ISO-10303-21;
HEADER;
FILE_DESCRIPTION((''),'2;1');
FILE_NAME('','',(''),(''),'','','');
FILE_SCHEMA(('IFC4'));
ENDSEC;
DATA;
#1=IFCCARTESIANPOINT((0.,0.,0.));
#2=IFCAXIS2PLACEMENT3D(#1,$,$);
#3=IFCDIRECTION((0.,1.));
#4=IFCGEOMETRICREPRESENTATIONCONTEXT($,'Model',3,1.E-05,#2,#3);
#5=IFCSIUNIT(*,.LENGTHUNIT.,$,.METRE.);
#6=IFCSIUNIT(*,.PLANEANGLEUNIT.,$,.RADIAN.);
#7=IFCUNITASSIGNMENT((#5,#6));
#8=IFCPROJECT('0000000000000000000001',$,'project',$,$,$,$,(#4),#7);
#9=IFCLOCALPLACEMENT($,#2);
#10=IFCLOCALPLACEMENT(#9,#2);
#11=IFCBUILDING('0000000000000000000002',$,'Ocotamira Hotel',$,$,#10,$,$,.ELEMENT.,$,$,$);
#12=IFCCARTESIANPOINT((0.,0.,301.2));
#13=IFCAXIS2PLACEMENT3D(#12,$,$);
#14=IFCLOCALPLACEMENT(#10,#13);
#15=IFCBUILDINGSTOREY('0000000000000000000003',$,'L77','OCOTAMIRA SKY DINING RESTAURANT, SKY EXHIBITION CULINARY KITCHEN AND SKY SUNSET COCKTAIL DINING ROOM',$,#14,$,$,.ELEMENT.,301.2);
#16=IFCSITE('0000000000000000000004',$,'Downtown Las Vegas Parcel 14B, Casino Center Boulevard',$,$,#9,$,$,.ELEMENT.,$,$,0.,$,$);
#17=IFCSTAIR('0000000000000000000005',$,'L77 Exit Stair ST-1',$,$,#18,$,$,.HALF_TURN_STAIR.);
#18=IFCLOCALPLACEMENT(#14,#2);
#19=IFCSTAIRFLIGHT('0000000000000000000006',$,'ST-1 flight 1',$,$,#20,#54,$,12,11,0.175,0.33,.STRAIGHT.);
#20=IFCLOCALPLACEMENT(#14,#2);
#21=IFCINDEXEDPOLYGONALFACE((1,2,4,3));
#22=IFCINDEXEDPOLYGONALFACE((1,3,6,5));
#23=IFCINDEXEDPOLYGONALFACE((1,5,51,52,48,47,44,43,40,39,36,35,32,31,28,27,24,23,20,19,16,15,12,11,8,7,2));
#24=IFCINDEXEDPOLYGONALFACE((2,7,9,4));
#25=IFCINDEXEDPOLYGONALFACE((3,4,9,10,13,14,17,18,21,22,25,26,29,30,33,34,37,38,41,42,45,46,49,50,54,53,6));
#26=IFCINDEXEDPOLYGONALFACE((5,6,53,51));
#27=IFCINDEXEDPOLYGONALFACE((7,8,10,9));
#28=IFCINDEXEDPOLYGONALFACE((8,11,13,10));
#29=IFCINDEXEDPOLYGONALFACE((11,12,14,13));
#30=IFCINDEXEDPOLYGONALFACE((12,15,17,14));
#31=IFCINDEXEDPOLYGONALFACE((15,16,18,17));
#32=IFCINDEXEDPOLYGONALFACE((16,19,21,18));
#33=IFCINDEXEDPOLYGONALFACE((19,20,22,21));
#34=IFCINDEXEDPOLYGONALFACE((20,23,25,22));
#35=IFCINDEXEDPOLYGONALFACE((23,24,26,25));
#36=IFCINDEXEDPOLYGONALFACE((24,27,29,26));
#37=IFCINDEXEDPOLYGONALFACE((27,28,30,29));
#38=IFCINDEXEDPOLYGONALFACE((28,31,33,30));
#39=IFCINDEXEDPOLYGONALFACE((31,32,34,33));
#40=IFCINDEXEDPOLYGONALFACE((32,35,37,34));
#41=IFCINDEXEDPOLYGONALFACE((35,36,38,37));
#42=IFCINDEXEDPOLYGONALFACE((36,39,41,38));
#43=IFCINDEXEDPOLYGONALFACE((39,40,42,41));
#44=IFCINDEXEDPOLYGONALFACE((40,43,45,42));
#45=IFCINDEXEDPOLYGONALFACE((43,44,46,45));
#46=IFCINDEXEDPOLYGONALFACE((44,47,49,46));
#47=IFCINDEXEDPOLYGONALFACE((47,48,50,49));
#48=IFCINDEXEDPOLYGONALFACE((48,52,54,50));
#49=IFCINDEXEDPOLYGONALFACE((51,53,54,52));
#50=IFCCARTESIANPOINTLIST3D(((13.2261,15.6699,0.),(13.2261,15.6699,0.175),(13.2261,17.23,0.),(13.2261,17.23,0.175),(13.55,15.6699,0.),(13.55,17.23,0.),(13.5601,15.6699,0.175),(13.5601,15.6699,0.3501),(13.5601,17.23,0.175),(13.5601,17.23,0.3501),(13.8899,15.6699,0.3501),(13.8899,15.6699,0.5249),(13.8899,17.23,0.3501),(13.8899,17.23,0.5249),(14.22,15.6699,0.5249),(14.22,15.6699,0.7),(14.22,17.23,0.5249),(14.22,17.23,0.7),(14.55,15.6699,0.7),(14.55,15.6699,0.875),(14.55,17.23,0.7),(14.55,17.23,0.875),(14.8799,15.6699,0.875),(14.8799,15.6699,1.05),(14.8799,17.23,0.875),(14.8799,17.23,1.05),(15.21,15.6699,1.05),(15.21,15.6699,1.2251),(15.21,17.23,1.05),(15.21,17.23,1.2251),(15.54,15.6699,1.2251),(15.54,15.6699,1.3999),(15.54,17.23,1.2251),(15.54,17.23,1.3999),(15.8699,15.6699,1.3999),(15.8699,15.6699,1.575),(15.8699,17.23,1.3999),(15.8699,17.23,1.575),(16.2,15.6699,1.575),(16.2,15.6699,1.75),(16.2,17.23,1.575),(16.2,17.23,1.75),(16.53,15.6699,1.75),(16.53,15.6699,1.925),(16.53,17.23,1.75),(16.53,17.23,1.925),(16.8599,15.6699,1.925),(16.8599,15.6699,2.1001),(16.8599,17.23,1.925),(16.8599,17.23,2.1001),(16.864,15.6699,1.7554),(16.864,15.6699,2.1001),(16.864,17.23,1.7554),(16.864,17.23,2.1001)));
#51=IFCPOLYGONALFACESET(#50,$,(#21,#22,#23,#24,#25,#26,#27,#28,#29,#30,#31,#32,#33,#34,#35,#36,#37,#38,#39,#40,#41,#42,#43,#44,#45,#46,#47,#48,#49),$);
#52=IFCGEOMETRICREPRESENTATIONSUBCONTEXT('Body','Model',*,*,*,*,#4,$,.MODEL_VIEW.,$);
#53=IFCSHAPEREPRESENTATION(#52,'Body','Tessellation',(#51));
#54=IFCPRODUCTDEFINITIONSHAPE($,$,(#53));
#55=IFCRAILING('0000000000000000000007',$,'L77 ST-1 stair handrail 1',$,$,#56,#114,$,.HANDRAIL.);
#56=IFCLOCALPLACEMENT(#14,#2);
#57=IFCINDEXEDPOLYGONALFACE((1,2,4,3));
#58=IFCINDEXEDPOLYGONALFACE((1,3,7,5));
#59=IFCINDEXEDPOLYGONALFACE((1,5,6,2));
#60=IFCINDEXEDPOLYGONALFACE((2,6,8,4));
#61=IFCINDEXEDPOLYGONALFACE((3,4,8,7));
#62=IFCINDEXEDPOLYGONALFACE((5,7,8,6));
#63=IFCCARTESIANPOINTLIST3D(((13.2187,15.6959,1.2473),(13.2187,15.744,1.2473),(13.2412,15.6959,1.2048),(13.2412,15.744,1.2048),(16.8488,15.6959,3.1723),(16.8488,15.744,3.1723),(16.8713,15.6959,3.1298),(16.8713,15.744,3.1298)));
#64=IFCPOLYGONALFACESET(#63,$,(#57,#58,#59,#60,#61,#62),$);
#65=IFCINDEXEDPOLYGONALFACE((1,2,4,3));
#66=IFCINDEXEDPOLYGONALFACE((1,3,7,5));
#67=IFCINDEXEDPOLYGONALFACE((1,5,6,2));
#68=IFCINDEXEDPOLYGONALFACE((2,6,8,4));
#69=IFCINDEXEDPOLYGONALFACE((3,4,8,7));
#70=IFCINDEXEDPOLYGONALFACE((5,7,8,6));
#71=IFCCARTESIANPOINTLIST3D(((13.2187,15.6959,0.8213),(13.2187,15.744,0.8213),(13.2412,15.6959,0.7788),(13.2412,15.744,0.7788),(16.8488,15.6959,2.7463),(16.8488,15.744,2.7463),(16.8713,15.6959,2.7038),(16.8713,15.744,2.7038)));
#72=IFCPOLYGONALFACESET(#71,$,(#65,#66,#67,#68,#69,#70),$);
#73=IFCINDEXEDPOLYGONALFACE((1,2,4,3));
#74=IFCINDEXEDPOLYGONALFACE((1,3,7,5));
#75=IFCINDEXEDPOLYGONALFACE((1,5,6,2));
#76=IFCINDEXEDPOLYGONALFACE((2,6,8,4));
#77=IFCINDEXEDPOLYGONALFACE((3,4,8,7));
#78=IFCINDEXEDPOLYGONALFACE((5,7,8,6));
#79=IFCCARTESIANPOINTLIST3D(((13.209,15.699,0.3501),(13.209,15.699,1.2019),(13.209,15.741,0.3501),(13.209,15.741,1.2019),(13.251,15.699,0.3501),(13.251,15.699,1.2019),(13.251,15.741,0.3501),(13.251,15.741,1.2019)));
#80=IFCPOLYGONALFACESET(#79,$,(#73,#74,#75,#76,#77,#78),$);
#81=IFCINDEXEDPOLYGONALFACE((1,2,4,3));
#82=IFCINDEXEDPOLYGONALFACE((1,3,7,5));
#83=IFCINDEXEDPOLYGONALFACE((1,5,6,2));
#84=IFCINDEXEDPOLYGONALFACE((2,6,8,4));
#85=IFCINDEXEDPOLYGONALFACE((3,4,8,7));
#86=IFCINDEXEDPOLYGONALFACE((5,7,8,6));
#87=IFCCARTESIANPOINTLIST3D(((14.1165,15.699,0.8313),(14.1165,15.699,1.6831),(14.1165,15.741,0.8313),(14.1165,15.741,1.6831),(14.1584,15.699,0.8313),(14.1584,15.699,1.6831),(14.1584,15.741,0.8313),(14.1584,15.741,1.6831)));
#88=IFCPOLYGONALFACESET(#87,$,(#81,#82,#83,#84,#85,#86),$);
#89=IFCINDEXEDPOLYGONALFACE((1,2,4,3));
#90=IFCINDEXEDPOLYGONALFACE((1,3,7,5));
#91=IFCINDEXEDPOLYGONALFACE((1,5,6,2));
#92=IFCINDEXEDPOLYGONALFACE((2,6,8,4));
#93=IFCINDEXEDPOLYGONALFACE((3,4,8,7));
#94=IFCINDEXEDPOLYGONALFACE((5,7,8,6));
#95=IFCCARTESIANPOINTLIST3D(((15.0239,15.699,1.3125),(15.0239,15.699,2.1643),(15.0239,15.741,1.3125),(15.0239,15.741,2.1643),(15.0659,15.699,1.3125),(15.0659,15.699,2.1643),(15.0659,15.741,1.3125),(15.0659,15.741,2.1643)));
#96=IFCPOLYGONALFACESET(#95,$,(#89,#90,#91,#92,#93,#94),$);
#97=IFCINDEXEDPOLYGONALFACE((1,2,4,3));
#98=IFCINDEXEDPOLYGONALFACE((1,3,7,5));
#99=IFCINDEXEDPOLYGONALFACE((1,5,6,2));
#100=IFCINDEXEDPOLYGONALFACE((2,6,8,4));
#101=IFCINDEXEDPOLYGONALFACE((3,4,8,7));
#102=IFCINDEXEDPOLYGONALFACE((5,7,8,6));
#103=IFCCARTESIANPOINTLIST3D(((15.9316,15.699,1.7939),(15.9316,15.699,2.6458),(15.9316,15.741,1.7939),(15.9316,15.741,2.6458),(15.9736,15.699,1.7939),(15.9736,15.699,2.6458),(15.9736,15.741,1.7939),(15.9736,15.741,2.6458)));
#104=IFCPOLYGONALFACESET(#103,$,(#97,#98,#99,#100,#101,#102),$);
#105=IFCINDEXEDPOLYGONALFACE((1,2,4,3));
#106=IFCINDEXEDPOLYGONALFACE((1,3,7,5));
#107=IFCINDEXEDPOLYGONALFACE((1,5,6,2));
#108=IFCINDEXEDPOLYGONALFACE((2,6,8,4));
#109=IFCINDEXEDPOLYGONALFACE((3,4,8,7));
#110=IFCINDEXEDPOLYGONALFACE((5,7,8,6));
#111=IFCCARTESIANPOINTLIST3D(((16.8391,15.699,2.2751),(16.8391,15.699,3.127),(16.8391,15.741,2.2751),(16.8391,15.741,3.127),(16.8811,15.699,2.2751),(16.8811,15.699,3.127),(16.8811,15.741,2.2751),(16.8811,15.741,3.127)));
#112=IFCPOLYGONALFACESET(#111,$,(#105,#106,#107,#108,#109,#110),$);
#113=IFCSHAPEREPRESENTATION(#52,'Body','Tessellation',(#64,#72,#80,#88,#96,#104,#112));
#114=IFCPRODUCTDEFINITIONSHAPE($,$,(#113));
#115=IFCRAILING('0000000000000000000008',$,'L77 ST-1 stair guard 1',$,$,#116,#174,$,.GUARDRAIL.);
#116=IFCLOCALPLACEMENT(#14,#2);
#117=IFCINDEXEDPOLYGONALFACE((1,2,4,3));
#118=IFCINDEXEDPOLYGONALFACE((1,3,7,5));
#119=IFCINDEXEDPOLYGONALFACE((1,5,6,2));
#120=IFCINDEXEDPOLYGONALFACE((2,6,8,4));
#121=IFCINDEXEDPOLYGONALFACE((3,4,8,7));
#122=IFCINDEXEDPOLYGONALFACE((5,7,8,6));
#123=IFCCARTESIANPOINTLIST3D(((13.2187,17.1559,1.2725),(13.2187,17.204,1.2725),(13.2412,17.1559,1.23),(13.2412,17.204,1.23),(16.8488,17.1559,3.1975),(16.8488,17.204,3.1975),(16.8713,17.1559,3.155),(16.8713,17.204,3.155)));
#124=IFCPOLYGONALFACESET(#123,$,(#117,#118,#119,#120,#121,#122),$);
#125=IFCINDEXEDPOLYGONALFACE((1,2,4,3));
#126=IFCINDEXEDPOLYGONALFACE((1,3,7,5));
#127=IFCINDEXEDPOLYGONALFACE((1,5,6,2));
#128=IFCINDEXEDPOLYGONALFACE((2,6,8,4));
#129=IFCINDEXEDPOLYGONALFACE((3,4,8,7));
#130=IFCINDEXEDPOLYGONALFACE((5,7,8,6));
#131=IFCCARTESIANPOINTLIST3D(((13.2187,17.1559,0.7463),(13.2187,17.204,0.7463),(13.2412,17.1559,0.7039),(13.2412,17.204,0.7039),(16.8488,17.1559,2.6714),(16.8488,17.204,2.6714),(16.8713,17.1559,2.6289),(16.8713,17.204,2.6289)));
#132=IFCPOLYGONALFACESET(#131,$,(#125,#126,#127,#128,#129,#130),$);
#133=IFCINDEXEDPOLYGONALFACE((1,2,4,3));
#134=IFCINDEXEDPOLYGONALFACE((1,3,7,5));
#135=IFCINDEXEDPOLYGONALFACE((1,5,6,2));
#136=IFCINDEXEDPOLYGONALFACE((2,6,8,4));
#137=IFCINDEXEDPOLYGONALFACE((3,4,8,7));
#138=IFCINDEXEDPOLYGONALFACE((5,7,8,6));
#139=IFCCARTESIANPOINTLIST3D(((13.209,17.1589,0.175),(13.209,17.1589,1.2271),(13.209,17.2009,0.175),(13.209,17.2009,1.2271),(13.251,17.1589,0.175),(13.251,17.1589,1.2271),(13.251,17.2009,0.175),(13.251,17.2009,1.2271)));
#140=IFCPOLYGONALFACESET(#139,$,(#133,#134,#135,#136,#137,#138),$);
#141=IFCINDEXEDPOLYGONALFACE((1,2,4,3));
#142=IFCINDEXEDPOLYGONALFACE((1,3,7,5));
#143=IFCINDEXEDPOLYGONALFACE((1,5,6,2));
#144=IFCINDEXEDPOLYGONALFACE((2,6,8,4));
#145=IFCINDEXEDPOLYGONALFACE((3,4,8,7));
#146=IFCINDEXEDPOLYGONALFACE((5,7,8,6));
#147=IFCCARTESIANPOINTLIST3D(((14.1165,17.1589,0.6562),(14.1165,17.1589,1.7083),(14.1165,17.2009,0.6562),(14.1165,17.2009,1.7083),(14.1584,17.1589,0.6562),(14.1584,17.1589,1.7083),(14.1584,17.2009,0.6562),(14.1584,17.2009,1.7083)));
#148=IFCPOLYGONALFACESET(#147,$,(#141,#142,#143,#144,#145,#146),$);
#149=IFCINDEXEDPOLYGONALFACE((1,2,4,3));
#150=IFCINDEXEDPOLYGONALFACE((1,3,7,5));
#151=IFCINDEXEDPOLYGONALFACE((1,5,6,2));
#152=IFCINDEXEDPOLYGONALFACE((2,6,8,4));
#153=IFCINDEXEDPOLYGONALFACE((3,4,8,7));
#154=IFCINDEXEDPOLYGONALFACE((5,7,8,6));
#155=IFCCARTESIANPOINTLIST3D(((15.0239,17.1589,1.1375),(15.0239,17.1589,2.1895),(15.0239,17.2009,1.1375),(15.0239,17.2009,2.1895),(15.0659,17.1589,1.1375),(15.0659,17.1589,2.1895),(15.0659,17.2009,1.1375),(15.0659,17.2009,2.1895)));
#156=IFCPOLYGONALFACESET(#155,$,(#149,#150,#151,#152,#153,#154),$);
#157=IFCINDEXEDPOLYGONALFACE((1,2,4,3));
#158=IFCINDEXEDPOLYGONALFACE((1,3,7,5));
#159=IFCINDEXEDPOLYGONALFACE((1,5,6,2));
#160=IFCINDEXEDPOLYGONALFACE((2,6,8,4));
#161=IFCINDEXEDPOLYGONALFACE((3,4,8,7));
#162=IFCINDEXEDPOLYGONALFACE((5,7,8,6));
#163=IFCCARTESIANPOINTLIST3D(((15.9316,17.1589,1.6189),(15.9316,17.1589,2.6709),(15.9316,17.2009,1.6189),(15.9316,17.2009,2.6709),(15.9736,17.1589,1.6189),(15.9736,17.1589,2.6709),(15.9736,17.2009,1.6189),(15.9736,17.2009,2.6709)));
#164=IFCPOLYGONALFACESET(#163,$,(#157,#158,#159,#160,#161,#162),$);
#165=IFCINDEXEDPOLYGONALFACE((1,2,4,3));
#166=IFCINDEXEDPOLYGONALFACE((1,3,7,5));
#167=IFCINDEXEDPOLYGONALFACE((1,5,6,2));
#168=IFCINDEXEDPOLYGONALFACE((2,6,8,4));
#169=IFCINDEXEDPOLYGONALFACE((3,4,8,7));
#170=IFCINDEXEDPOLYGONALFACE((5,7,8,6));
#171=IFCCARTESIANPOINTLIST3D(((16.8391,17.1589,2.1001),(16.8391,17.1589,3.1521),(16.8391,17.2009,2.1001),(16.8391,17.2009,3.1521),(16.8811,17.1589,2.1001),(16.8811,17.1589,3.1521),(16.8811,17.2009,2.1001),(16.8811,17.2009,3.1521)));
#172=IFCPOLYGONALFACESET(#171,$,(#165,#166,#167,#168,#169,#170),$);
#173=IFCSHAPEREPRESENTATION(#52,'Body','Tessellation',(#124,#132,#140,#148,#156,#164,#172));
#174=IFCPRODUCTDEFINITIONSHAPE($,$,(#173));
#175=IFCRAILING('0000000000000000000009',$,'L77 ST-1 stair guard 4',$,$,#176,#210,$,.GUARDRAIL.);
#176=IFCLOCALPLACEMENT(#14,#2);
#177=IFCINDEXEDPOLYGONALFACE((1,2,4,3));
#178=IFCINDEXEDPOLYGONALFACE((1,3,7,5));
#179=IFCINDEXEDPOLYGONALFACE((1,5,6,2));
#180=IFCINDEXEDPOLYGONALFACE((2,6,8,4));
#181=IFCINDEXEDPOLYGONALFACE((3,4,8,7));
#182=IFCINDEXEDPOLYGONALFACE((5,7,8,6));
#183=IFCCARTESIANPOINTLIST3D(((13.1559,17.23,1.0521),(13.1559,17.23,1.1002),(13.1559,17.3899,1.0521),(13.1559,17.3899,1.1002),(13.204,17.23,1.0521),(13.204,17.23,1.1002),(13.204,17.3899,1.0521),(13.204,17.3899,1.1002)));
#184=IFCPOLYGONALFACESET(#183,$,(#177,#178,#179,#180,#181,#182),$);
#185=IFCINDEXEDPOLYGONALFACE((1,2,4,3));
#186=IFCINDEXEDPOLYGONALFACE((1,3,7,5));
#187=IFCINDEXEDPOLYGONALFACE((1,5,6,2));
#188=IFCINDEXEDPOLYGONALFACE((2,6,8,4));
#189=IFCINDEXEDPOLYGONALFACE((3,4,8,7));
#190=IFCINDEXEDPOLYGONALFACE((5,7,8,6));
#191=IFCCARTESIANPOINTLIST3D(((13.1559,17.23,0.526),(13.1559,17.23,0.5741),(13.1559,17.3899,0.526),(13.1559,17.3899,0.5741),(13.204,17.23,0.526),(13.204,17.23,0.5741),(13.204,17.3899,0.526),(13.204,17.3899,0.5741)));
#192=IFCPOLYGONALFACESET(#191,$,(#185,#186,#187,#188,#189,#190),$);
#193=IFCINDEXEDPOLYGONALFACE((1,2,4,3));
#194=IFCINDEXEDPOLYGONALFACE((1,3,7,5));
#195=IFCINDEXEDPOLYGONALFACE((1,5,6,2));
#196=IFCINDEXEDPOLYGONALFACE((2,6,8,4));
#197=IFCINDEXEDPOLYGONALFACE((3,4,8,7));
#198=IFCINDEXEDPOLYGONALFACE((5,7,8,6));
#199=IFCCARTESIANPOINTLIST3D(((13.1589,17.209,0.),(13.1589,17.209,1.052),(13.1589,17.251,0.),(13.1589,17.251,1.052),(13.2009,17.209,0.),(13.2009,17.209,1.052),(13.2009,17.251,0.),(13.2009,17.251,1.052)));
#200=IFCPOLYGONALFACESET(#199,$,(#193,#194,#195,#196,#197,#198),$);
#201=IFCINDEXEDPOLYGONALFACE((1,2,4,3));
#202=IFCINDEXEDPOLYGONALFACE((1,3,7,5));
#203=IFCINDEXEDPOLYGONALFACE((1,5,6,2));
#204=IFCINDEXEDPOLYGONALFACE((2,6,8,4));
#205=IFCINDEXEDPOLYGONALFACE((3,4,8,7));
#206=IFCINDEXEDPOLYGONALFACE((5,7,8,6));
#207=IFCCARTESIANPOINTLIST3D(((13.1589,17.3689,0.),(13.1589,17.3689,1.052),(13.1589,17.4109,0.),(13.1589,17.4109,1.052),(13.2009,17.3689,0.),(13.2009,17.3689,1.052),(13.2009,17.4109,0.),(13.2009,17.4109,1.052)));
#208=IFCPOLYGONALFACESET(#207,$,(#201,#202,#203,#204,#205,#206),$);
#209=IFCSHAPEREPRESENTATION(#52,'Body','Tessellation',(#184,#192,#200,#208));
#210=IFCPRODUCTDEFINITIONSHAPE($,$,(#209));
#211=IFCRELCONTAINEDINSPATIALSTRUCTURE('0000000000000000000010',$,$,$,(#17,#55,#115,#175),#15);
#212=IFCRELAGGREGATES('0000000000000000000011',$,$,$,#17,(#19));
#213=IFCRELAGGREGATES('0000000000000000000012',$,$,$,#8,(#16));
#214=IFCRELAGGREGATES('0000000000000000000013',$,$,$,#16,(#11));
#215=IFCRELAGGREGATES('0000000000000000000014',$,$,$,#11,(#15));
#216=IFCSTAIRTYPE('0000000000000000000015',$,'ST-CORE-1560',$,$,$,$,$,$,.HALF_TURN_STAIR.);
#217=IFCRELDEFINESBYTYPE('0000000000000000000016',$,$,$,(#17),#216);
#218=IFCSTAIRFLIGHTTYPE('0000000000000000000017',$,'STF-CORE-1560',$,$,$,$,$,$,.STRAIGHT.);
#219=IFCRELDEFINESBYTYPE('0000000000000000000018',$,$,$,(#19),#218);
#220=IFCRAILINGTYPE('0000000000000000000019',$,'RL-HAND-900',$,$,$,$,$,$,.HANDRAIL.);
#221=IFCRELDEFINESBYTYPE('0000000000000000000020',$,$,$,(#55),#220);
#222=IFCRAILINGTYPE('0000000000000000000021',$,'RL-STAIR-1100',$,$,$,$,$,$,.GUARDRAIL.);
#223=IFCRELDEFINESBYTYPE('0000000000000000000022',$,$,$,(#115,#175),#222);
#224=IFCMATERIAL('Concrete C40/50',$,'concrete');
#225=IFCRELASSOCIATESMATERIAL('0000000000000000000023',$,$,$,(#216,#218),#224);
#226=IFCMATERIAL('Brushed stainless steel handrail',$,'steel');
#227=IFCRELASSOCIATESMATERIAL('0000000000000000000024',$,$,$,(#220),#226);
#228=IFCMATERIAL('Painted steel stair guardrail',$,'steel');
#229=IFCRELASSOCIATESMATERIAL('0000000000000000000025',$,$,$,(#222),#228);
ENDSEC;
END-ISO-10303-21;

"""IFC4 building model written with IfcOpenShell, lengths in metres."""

from ifc_helpers import new_model, si_unit, direction, frame, origin, origin_2d, place, context, subcontext, project, spatial, polyline, rectangle, outline, extrude, source, transform, mapped, material, type_object, element, aggregate, save


model = new_model("IFC4")

# Units and contexts
model_context = context("Model", 3, precision=1e-05, world=origin(), true_north=direction((0.0, 1.0)))
body_context = subcontext(model_context, "Body", "Model", "MODEL_VIEW")
ifc_project = project(units=[si_unit("LENGTHUNIT", "METRE"), si_unit("PLANEANGLEUNIT", "RADIAN")], contexts=[model_context])

# Site, building, storey
site_placement = place(None, origin())
site = spatial("IfcSite", under=ifc_project, at=site_placement, Name="Downtown Las Vegas Parcel 14B, Casino Center Boulevard", CompositionType="ELEMENT", RefElevation=0.0)
building_placement = place(site_placement, origin())
building = spatial("IfcBuilding", under=site, at=building_placement, Name="Ocotamira Hotel", CompositionType="ELEMENT")
storey_placement = place(building_placement, frame((0.0, 0.0, 301.2)))
storey = spatial("IfcBuildingStorey", under=building, at=storey_placement, Name="L77", Description="OCOTAMIRA SKY DINING RESTAURANT, SKY EXHIBITION CULINARY KITCHEN AND SKY SUNSET COCKTAIL DINING ROOM", CompositionType="ELEMENT", Elevation=301.2)

# Stair, stair flight
ifc_material_1 = material(Name="Concrete C40/50", Category="concrete")
stair_type = type_object("IfcStairType", Name="ST-CORE-1560", PredefinedType="HALF_TURN_STAIR", material=ifc_material_1)
stair_placement = place(storey_placement, origin())
stair = element("IfcStair", 1, at=stair_placement, inside=storey, type_object=stair_type, Name="L77 Exit Stair ST-1", PredefinedType="HALF_TURN_STAIR")
stair_flight_type = type_object("IfcStairFlightType", Name="STF-CORE-1560", PredefinedType="STRAIGHT", material=ifc_material_1)
shared_shape_1 = source(origin(), body_context, "Body", "SweptSolid", [
    extrude(outline(polyline([(-0.0039, 0.0), (-0.0039, 0.175), (0.3301, 0.175), (0.3301, 0.3501), (0.6599, 0.3501), (0.6599, 0.5249), (0.99, 0.5249), (0.99, 0.7), (1.3201, 0.7), (1.3201, 0.875), (1.6499, 0.875), (1.6499, 1.05), (1.98, 1.05), (1.98, 1.2251), (2.3101, 1.2251), (2.3101, 1.3999), (2.6399, 1.3999), (2.6399, 1.575), (2.97, 1.575), (2.97, 1.75), (3.3, 1.75), (3.3, 1.925), (3.6299, 1.925), (3.6299, 2.1001), (3.634, 2.1001), (3.634, 1.7554), (0.3201, 0.0), (-0.0039, 0.0)])), frame((0.0, 0.78, 0.0), z_axis=(0.0, -1.0, 0.0), x_axis=(1.0, 0.0, 0.0)), (0.0, 0.0, 1.0), 1.5601),
])
stair_flight_placement = place(storey_placement, frame((13.23, 16.45, 0.0), z_axis=(0.0, 0.0, 1.0), x_axis=(1.0, 0.0, 0.0)))
stair_flight = element("IfcStairFlight", 2, at=stair_flight_placement, type_object=stair_flight_type, Name="ST-1 flight 1", NumberOfRisers=12, NumberOfTreads=11, PredefinedType="STRAIGHT", RiserHeight=0.175, TreadLength=0.33, context=body_context, shape_type="MappedRepresentation", body=[
    mapped(shared_shape_1, transform((0.0, 0.0, 0.0), scale=1.0)),
])
aggregate(stair, [stair_flight])

# Railings
ifc_material_2 = material(Name="Brushed stainless steel handrail", Category="steel")
railing_type_1 = type_object("IfcRailingType", Name="RL-HAND-900", PredefinedType="HANDRAIL", material=ifc_material_2)
railing_1_placement = place(storey_placement, frame((13.23, 15.72, 0.3501)))
element("IfcRailing", 3, at=railing_1_placement, inside=storey, type_object=railing_type_1, Name="L77 ST-1 stair handrail 1", PredefinedType="HANDRAIL", context=body_context, shape_type="SweptSolid", body=[
    extrude(rectangle(XDim=0.0481, YDim=0.0481, at=origin_2d()), frame((0.0, 0.0, 0.876), z_axis=(0.883464, 0.0, 0.468499), x_axis=(0.0, 1.0, 0.0)), (0.0, 0.0, 1.0), 4.1089),
    extrude(rectangle(XDim=0.0481, YDim=0.0481, at=origin_2d()), frame((0.0, 0.0, 0.45), z_axis=(0.883464, 0.0, 0.468499), x_axis=(0.0, 1.0, 0.0)), (0.0, 0.0, 1.0), 4.1089),
    extrude(rectangle(XDim=0.042, YDim=0.042, at=origin_2d()), origin(), (0.0, 0.0, 1.0), 0.8518),
    extrude(rectangle(XDim=0.042, YDim=0.042, at=origin_2d()), frame((0.9075, 0.0, 0.4812)), (0.0, 0.0, 1.0), 0.8518),
    extrude(rectangle(XDim=0.042, YDim=0.042, at=origin_2d()), frame((1.8149, 0.0, 0.9624)), (0.0, 0.0, 1.0), 0.8518),
    extrude(rectangle(XDim=0.042, YDim=0.042, at=origin_2d()), frame((2.7227, 0.0, 1.4438)), (0.0, 0.0, 1.0), 0.8518),
    extrude(rectangle(XDim=0.042, YDim=0.042, at=origin_2d()), frame((3.6301, 0.0, 1.925)), (0.0, 0.0, 1.0), 0.8518),
])
ifc_material_3 = material(Name="Painted steel stair guardrail", Category="steel")
railing_type_2 = type_object("IfcRailingType", Name="RL-STAIR-1100", PredefinedType="GUARDRAIL", material=ifc_material_3)
railing_2_placement = place(storey_placement, frame((13.23, 17.1799, 0.175)))
element("IfcRailing", 4, at=railing_2_placement, inside=storey, type_object=railing_type_2, Name="L77 ST-1 stair guard 1", PredefinedType="GUARDRAIL", context=body_context, shape_type="SweptSolid", body=[
    extrude(rectangle(XDim=0.0481, YDim=0.0481, at=origin_2d()), frame((0.0, 0.0, 1.0762), z_axis=(0.883464, 0.0, 0.468499), x_axis=(0.0, 1.0, 0.0)), (0.0, 0.0, 1.0), 4.1089),
    extrude(rectangle(XDim=0.0481, YDim=0.0481, at=origin_2d()), frame((0.0, 0.0, 0.55), z_axis=(0.883464, 0.0, 0.468499), x_axis=(0.0, 1.0, 0.0)), (0.0, 0.0, 1.0), 4.1089),
    extrude(rectangle(XDim=0.042, YDim=0.042, at=origin_2d()), origin(), (0.0, 0.0, 1.0), 1.052),
    extrude(rectangle(XDim=0.042, YDim=0.042, at=origin_2d()), frame((0.9075, 0.0, 0.4812)), (0.0, 0.0, 1.0), 1.052),
    extrude(rectangle(XDim=0.042, YDim=0.042, at=origin_2d()), frame((1.8149, 0.0, 0.9624)), (0.0, 0.0, 1.0), 1.052),
    extrude(rectangle(XDim=0.042, YDim=0.042, at=origin_2d()), frame((2.7227, 0.0, 1.4438)), (0.0, 0.0, 1.0), 1.052),
    extrude(rectangle(XDim=0.042, YDim=0.042, at=origin_2d()), frame((3.6301, 0.0, 1.925)), (0.0, 0.0, 1.0), 1.052),
])
railing_3_placement = place(storey_placement, frame((13.1799, 17.23, 0.0)))
element("IfcRailing", 5, at=railing_3_placement, inside=storey, type_object=railing_type_2, Name="L77 ST-1 stair guard 4", PredefinedType="GUARDRAIL", context=body_context, shape_type="SweptSolid", body=[
    extrude(rectangle(XDim=0.0481, YDim=0.0481, at=origin_2d()), frame((0.0, 0.0, 1.0762), z_axis=(0.0, 1.0, 0.0), x_axis=(-1.0, 0.0, 0.0)), (0.0, 0.0, 1.0), 0.1599),
    extrude(rectangle(XDim=0.0481, YDim=0.0481, at=origin_2d()), frame((0.0, 0.0, 0.55), z_axis=(0.0, 1.0, 0.0), x_axis=(-1.0, 0.0, 0.0)), (0.0, 0.0, 1.0), 0.1599),
    extrude(rectangle(XDim=0.042, YDim=0.042, at=origin_2d()), origin(), (0.0, 0.0, 1.0), 1.052),
    extrude(rectangle(XDim=0.042, YDim=0.042, at=origin_2d()), frame((0.0, 0.1599, 0.0)), (0.0, 0.0, 1.0), 1.052),
])

save(model, "model.ifc")
